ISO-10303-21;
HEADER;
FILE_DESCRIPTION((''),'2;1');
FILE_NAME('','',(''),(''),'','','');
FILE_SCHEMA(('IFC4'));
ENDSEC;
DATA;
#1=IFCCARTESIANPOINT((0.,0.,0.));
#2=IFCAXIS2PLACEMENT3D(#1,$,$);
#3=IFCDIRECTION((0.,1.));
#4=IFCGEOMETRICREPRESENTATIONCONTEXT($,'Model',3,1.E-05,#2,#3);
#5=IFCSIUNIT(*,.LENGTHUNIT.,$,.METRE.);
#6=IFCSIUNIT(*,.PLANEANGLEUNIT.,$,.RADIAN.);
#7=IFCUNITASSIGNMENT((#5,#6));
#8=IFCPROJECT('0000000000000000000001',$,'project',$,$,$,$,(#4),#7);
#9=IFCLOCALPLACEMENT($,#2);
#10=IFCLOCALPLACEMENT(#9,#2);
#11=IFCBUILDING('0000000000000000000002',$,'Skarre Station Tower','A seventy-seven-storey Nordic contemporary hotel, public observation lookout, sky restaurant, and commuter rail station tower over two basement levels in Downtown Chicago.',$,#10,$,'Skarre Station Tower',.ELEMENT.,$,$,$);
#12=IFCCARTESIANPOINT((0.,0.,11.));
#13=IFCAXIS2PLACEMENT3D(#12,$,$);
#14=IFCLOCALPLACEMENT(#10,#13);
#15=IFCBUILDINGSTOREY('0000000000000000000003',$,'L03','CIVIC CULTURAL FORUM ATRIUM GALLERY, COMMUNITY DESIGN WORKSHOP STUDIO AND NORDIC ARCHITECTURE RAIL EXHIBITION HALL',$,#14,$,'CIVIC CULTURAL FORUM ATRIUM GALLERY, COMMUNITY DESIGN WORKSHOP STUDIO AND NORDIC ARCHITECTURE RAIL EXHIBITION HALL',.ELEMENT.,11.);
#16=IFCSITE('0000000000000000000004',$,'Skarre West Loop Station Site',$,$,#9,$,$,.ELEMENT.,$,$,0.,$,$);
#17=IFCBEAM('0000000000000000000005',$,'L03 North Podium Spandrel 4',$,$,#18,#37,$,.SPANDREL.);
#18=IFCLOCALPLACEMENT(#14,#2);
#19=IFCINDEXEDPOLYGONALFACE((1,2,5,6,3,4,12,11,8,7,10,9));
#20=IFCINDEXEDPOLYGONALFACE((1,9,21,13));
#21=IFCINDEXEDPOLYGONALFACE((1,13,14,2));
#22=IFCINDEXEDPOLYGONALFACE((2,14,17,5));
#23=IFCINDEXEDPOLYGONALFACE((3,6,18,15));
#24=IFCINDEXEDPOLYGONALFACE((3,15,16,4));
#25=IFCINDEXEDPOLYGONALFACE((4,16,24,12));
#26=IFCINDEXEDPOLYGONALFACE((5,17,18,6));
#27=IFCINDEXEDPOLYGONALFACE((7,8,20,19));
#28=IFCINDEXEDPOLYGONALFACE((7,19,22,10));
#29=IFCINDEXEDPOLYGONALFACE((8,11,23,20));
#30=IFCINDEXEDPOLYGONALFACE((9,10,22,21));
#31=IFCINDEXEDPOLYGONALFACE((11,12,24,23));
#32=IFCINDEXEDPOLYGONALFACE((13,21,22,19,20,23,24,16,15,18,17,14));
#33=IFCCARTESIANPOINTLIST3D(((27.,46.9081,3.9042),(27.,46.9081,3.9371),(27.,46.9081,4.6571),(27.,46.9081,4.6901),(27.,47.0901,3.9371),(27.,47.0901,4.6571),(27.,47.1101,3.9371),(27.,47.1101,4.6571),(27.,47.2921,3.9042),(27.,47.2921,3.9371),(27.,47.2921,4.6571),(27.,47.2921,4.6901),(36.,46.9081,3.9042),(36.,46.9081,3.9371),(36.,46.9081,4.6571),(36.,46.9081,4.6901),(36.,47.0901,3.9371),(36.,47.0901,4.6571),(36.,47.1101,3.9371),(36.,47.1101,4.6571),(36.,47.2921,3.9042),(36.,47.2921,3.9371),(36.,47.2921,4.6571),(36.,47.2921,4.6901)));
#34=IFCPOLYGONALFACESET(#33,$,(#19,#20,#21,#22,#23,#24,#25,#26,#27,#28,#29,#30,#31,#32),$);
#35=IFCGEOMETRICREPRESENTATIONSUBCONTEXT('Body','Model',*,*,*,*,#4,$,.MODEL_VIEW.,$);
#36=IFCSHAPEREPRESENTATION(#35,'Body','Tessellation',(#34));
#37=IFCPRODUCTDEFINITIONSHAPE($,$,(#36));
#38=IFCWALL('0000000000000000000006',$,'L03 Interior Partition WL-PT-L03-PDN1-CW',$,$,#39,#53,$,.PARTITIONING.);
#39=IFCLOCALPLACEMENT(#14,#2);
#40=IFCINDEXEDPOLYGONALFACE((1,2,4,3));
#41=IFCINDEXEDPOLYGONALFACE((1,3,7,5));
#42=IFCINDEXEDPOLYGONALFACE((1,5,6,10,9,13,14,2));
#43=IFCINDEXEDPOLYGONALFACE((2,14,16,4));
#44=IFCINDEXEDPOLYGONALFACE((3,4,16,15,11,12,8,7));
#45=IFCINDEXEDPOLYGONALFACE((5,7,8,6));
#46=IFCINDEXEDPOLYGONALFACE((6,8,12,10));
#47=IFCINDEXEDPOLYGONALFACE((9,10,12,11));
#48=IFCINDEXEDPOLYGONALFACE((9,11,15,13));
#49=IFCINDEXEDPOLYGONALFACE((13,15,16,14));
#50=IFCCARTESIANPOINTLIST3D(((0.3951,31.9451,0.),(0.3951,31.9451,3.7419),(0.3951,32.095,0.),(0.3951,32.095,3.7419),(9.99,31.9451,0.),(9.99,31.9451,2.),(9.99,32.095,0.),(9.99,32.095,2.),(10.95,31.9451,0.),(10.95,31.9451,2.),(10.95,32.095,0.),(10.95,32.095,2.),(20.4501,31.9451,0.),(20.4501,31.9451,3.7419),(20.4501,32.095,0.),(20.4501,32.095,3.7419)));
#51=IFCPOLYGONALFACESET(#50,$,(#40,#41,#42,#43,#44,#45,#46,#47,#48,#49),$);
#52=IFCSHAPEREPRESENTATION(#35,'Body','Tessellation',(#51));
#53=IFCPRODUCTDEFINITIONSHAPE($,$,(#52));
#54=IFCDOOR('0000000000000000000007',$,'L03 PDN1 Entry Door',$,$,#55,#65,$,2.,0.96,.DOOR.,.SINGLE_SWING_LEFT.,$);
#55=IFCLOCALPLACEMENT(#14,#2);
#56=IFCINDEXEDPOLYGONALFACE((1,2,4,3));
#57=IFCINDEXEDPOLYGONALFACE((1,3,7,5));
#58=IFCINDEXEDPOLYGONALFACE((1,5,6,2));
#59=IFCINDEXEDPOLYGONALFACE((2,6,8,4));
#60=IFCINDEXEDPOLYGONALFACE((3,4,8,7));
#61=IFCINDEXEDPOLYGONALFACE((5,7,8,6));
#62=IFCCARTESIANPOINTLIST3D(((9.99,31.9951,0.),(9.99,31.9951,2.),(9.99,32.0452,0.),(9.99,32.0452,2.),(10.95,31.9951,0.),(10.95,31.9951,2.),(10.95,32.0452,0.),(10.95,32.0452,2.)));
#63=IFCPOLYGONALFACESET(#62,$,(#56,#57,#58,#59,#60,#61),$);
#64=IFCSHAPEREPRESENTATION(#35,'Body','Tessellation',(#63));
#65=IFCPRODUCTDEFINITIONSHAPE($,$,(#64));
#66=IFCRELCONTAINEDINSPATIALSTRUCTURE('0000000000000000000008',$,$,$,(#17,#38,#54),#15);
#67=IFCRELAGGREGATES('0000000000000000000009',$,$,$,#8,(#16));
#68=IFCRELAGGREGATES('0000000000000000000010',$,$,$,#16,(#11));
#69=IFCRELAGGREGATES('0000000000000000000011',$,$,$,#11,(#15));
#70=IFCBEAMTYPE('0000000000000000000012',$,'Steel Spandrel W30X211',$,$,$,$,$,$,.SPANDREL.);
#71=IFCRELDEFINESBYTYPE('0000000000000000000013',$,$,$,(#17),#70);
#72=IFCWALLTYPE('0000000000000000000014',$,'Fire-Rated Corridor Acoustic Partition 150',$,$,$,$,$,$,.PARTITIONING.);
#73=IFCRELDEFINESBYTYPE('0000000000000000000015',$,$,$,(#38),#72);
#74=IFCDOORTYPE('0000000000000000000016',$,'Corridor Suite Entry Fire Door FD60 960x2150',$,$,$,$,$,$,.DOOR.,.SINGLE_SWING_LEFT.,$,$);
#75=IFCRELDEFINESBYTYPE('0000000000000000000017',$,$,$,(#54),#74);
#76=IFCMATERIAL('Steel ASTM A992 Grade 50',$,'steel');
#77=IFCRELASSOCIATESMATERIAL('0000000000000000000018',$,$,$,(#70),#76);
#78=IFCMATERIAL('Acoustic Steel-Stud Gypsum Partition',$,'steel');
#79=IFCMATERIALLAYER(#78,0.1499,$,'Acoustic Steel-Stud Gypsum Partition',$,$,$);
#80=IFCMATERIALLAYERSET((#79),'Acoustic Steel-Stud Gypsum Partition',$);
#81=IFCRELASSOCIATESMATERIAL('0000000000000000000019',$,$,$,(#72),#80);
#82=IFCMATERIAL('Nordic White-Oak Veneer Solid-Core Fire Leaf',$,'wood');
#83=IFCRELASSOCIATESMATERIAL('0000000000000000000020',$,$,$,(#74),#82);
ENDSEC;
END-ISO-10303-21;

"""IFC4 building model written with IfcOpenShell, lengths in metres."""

from ifc_helpers import new_model, si_unit, direction, frame, frame_2d, origin, origin_2d, place, context, subcontext, project, spatial, rectangle, i_section, extrude, material, layer, layer_set, material_profile, profile_set, type_object, element, fill, save


model = new_model("IFC4")

# Units and contexts
model_context = context("Model", 3, precision=1e-05, world=origin(), true_north=direction((0.0, 1.0)))
body_context = subcontext(model_context, "Body", "Model", "MODEL_VIEW")
ifc_project = project(units=[si_unit("LENGTHUNIT", "METRE"), si_unit("PLANEANGLEUNIT", "RADIAN")], contexts=[model_context])

# Site, building, storey
site_placement = place(None, origin())
site = spatial("IfcSite", under=ifc_project, at=site_placement, Name="Skarre West Loop Station Site", CompositionType="ELEMENT", RefElevation=0.0)
building_placement = place(site_placement, origin())
building = spatial("IfcBuilding", under=site, at=building_placement, Name="Skarre Station Tower", Description="A seventy-seven-storey Nordic contemporary hotel, public observation lookout, sky restaurant, and commuter rail station tower over two basement levels in Downtown Chicago.", LongName="Skarre Station Tower", CompositionType="ELEMENT")
storey_placement = place(building_placement, frame((0.0, 0.0, 11.0)))
storey = spatial("IfcBuildingStorey", under=building, at=storey_placement, Name="L03", Description="CIVIC CULTURAL FORUM ATRIUM GALLERY, COMMUNITY DESIGN WORKSHOP STUDIO AND NORDIC ARCHITECTURE RAIL EXHIBITION HALL", LongName="CIVIC CULTURAL FORUM ATRIUM GALLERY, COMMUNITY DESIGN WORKSHOP STUDIO AND NORDIC ARCHITECTURE RAIL EXHIBITION HALL", CompositionType="ELEMENT", Elevation=11.0)

# Beam
ifc_material_1 = material(Name="Steel ASTM A992 Grade 50", Category="steel")
ifc_material_profile_1 = material_profile(ifc_material_1, i_section(OverallWidth=0.384, OverallDepth=0.7859, WebThickness=0.02, FlangeThickness=0.033, at=origin_2d()), Name="Steel ASTM A992 Grade 50")
ifc_profile_set_1 = profile_set([ifc_material_profile_1], Name="Steel ASTM A992 Grade 50")
beam_type_1 = type_object("IfcBeamType", Name="Steel Spandrel W30X211", PredefinedType="SPANDREL", material=ifc_profile_set_1)
beam_1_placement = place(storey_placement, frame((27.0, 47.1001, 4.2971), z_axis=(1.0, 0.0, 0.0), x_axis=(0.0, 1.0, 0.0)))
element("IfcBeam", 1, at=beam_1_placement, inside=storey, type_object=beam_type_1, Name="L03 North Podium Spandrel 4", PredefinedType="SPANDREL", context=body_context, shape_type="SweptSolid", body=[
    extrude(i_section(OverallWidth=0.384, OverallDepth=0.7859, WebThickness=0.02, FlangeThickness=0.033, at=origin_2d()), origin(), (0.0, 0.0, 1.0), 9.0),
])

# Wall, opening, door
ifc_material_2 = material(Name="Acoustic Steel-Stud Gypsum Partition", Category="steel")
ifc_layer_1 = layer(ifc_material_2, 0.1499, Name="Acoustic Steel-Stud Gypsum Partition")
ifc_layer_set_1 = layer_set([ifc_layer_1], Name="Acoustic Steel-Stud Gypsum Partition")
wall_type_1 = type_object("IfcWallType", Name="Fire-Rated Corridor Acoustic Partition 150", PredefinedType="PARTITIONING", material=ifc_layer_set_1)
wall_1_placement = place(storey_placement, frame((20.45, 32.02, 0.0), z_axis=(0.0, 0.0, 1.0), x_axis=(-1.0, 0.0, 0.0)))
wall_1 = element("IfcWall", 2, at=wall_1_placement, inside=storey, type_object=wall_type_1, Name="L03 Interior Partition WL-PT-L03-PDN1-CW", PredefinedType="PARTITIONING", context=body_context, shape_type="SweptSolid", body=[
    extrude(rectangle(XDim=20.0549, YDim=0.1499, at=frame_2d((10.0273, 0.0))), origin(), (0.0, 0.0, 1.0), 3.7419),
])
opening_1_placement = place(wall_1_placement, frame((9.5, 0.0, 0.0)))
opening_1 = element("IfcOpeningElement", 3, at=opening_1_placement, cuts=wall_1, PredefinedType="OPENING", context=body_context, shape_type="SweptSolid", body=[
    extrude(rectangle(XDim=0.96, YDim=2.0, at=frame_2d((0.48, 1.0))), frame((0.0, 0.085, 0.0), z_axis=(0.0, -1.0, 0.0), x_axis=(1.0, 0.0, 0.0)), (0.0, 0.0, 1.0), 0.1699),
])
ifc_material_3 = material(Name="Nordic White-Oak Veneer Solid-Core Fire Leaf", Category="wood")
door_type = type_object("IfcDoorType", Name="Corridor Suite Entry Fire Door FD60 960x2150", OperationType="SINGLE_SWING_LEFT", PredefinedType="DOOR", material=ifc_material_3)
door_placement = place(opening_1_placement, origin())
door = element("IfcDoor", 4, at=door_placement, inside=storey, type_object=door_type, Name="L03 PDN1 Entry Door", OperationType="SINGLE_SWING_LEFT", OverallHeight=2.0, OverallWidth=0.96, PredefinedType="DOOR", context=body_context, shape_type="SweptSolid", body=[
    extrude(rectangle(XDim=0.96, YDim=2.0, at=frame_2d((0.48, 1.0))), frame((0.0, 0.0249, 0.0), z_axis=(0.0, -1.0, 0.0), x_axis=(1.0, 0.0, 0.0)), (0.0, 0.0, 1.0), 0.05),
])
fill(opening_1, door)

save(model, "model.ifc")
